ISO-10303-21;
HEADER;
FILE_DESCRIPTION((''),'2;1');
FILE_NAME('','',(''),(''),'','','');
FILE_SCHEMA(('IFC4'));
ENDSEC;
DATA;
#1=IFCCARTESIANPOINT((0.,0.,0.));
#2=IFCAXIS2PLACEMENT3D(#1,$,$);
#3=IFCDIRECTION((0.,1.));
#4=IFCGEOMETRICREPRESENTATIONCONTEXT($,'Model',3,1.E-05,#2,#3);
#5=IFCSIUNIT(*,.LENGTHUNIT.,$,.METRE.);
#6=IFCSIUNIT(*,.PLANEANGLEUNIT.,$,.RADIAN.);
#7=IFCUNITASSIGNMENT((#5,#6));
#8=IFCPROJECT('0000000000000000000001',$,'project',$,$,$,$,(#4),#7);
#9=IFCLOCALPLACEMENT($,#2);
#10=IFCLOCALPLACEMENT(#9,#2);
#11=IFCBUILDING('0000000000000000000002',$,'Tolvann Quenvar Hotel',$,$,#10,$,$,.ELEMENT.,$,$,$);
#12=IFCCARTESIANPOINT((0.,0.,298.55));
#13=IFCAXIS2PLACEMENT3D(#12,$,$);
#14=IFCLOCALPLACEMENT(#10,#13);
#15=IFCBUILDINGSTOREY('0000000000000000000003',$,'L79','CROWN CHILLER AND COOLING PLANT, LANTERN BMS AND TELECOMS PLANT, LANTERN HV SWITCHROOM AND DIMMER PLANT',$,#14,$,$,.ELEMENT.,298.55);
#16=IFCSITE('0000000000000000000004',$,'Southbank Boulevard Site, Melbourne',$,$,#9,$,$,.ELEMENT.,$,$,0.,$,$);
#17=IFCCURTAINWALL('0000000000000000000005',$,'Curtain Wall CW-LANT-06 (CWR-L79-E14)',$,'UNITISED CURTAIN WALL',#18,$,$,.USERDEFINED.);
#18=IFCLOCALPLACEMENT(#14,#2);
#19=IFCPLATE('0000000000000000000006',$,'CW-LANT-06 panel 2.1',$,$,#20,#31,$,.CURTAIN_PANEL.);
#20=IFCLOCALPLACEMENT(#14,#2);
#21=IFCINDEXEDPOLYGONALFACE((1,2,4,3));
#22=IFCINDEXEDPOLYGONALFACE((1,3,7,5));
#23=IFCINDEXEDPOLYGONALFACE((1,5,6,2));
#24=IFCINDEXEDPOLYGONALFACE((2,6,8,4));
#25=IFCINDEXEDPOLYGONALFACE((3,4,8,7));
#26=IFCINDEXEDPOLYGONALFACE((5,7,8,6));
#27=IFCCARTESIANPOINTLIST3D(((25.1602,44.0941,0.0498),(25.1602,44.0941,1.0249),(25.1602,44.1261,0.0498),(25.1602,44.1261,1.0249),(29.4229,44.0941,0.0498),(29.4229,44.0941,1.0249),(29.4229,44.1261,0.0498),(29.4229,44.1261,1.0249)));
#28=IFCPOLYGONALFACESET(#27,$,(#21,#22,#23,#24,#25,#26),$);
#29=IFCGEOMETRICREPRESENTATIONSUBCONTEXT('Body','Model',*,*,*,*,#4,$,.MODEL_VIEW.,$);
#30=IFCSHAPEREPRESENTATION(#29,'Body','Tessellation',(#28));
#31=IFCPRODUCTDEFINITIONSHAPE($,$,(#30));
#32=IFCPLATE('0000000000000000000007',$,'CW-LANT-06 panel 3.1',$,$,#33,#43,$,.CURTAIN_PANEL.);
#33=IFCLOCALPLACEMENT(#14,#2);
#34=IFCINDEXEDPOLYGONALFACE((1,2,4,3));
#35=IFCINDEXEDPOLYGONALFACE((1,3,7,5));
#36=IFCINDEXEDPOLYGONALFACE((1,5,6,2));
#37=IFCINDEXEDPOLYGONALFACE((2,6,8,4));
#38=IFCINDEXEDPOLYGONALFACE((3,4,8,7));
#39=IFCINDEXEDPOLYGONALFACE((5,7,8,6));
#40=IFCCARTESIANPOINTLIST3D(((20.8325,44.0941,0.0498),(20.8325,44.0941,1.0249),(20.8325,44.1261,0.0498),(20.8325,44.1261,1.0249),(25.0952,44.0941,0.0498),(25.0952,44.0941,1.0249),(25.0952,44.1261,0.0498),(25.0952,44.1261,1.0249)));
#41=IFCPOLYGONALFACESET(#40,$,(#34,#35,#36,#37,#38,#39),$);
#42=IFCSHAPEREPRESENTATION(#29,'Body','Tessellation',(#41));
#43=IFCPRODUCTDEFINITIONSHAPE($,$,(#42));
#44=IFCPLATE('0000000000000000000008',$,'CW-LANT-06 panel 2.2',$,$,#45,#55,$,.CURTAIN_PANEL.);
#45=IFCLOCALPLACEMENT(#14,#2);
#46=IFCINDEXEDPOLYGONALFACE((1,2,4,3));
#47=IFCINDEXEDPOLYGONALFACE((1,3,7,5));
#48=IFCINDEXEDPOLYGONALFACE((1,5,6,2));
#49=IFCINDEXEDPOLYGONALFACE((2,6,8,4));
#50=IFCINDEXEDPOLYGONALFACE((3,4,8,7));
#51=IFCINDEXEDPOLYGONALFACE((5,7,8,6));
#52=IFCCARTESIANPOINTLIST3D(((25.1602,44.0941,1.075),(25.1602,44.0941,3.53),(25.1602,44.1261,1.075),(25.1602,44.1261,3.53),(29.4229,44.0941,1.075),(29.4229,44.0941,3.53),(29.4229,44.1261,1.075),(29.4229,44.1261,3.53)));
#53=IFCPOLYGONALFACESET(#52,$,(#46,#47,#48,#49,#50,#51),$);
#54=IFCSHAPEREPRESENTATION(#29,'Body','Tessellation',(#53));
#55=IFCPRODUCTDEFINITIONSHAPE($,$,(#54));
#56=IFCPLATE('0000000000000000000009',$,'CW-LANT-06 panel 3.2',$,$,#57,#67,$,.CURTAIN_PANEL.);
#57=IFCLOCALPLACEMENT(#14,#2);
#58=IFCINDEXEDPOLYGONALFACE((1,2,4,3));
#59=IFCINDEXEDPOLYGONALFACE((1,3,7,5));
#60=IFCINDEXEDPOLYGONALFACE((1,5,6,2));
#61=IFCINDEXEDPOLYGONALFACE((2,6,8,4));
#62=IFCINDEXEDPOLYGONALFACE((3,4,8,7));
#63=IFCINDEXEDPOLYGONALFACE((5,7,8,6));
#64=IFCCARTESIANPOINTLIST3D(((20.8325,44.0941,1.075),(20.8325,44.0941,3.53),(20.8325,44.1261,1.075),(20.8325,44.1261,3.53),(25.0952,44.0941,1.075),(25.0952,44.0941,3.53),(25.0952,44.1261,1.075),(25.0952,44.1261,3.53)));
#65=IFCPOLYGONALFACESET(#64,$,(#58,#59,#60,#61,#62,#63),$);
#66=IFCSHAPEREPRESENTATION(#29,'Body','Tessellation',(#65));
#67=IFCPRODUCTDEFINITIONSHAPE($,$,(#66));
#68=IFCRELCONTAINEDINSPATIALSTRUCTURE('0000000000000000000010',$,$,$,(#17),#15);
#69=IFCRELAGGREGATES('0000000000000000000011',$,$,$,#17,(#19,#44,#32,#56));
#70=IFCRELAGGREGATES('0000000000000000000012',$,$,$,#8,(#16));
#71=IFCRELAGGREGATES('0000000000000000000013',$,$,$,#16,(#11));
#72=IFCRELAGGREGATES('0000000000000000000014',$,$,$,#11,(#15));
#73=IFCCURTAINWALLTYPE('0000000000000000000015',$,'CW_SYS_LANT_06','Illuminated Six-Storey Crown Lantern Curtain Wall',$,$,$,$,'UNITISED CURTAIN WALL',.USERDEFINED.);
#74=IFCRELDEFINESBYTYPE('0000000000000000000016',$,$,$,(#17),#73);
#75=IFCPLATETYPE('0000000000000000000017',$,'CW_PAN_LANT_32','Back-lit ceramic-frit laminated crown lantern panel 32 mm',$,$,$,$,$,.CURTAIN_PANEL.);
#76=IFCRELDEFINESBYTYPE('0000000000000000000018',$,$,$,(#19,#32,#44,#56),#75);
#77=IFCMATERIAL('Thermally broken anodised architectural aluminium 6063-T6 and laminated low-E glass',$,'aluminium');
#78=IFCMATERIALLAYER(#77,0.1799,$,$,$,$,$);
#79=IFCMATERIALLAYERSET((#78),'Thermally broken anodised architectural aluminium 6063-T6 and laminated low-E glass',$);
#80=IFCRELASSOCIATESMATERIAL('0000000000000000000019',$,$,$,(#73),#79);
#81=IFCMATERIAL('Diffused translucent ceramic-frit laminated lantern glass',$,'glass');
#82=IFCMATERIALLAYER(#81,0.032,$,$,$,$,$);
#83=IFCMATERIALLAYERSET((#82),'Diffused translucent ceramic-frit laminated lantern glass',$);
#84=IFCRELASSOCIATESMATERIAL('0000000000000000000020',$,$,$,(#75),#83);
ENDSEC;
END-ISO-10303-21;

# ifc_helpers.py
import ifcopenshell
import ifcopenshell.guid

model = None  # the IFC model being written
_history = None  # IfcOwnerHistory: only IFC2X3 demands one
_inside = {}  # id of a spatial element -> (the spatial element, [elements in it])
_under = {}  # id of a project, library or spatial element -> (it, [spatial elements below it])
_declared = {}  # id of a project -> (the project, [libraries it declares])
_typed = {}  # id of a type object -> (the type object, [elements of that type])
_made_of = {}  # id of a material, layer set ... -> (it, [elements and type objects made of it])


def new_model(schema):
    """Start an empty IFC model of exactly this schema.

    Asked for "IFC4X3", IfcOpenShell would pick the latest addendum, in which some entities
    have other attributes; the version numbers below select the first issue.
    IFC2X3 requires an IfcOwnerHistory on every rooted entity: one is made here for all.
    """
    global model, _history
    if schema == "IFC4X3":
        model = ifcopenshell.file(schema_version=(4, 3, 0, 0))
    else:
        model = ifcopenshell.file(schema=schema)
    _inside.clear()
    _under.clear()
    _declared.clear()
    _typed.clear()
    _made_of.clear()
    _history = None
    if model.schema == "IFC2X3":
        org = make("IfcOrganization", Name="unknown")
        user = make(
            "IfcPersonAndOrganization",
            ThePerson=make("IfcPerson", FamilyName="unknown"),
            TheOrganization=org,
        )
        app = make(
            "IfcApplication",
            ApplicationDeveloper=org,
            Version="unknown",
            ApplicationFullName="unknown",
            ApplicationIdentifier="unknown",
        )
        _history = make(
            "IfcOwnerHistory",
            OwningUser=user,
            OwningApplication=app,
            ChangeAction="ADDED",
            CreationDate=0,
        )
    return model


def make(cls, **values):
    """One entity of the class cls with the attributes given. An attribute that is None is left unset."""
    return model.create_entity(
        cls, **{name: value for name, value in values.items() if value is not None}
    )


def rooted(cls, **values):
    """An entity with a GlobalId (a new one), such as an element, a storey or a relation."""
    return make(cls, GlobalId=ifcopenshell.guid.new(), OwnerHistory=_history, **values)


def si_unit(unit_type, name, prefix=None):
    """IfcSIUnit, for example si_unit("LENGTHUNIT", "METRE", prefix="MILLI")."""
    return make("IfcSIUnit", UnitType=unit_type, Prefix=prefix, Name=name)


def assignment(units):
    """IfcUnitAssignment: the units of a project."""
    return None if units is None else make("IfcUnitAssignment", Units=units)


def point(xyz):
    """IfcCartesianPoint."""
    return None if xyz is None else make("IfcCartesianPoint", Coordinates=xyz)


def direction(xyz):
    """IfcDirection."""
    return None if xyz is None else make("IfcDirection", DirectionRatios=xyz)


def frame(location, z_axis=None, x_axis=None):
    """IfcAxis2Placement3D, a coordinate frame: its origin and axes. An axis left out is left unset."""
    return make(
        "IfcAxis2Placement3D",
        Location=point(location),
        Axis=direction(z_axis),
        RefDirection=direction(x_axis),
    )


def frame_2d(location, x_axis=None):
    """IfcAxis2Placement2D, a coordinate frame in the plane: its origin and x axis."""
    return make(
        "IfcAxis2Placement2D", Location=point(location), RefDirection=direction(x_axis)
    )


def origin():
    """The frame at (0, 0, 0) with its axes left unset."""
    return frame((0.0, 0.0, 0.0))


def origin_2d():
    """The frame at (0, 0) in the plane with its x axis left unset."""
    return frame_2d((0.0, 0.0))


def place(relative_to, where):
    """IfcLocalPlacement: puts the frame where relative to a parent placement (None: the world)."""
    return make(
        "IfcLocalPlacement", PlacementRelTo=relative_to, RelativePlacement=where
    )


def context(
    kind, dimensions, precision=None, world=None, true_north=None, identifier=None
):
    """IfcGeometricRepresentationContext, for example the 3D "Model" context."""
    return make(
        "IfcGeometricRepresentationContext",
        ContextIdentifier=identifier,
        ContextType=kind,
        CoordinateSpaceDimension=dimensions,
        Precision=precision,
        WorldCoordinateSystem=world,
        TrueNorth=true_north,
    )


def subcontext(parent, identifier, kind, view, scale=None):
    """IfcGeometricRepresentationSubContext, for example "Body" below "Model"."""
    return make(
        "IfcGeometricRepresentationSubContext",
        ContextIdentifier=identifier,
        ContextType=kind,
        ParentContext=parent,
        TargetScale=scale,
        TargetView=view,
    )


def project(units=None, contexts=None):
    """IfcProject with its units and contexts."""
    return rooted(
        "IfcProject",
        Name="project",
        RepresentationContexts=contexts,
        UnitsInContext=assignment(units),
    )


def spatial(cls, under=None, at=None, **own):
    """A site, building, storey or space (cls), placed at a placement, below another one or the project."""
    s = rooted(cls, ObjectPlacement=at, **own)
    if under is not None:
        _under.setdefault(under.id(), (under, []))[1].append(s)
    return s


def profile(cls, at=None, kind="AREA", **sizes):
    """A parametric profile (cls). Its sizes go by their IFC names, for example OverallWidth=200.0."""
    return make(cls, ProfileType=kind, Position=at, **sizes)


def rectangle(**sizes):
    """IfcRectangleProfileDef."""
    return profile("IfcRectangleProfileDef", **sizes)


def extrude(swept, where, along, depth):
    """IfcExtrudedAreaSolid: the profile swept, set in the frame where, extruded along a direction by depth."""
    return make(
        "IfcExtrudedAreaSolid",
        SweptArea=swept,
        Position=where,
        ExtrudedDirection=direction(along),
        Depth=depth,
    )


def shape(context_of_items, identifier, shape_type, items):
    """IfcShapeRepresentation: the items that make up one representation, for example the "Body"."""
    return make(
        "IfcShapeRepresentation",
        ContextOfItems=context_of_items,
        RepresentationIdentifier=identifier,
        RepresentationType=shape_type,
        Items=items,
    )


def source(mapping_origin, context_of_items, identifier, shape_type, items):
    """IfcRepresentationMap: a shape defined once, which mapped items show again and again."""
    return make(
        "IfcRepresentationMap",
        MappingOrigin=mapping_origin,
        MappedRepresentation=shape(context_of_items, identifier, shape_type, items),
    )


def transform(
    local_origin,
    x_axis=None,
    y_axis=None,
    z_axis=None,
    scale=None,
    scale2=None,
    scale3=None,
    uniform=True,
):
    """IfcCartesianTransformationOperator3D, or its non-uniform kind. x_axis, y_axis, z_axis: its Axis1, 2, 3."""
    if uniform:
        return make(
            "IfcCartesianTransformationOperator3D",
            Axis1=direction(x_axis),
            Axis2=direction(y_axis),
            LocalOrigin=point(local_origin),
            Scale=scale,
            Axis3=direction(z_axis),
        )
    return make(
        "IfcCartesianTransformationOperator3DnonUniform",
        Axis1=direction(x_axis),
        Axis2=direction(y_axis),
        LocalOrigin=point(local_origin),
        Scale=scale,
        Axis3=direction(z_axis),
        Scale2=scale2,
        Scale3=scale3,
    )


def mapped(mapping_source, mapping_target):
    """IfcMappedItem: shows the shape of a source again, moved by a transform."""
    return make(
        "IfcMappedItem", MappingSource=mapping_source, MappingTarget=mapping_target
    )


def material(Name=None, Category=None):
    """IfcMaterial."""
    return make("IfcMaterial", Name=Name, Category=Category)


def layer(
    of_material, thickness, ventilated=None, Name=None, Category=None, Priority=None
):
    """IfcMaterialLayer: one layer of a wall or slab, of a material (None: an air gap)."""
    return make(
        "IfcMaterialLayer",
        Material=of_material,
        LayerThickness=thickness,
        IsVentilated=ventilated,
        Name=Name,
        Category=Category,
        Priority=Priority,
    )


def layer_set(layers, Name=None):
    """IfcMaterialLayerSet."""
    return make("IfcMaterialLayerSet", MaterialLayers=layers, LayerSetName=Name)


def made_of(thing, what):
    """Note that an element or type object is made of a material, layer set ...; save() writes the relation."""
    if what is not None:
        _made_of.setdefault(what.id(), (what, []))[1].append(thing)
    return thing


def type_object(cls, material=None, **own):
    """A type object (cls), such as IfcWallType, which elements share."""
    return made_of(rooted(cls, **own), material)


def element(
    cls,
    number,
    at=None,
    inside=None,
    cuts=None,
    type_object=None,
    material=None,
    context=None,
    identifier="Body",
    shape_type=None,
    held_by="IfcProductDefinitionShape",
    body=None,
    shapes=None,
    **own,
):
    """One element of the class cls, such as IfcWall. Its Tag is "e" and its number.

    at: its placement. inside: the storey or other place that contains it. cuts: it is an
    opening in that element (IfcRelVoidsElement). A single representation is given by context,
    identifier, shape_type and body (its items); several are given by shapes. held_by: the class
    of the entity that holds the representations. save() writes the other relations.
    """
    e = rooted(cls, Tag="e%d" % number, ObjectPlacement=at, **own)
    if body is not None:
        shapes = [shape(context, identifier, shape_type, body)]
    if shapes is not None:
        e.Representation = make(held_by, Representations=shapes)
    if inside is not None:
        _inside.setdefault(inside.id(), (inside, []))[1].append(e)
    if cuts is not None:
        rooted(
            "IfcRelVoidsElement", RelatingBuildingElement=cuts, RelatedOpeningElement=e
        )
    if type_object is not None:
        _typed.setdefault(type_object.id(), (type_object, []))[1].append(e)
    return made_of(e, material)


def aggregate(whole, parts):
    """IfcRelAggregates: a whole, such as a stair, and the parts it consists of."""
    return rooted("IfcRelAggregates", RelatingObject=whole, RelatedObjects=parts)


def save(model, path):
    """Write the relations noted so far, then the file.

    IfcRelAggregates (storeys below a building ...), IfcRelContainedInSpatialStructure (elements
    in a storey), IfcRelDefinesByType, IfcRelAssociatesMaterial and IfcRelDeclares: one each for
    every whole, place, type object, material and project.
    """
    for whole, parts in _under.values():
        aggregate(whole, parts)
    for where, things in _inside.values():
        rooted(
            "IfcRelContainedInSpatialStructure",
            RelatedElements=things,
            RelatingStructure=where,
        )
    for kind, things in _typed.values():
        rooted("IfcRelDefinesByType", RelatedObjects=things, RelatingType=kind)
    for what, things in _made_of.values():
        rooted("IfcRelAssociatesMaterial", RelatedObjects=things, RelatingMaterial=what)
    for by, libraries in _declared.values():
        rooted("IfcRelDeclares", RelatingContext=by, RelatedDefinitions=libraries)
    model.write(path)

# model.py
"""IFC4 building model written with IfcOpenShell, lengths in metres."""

from ifc_helpers import new_model, si_unit, direction, frame, origin, origin_2d, place, context, subcontext, project, spatial, rectangle, extrude, source, transform, mapped, material, layer, layer_set, type_object, element, aggregate, save


model = new_model("IFC4")

# Units and contexts
model_context = context("Model", 3, precision=1e-05, world=origin(), true_north=direction((0.0, 1.0)))
body_context = subcontext(model_context, "Body", "Model", "MODEL_VIEW")
ifc_project = project(units=[si_unit("LENGTHUNIT", "METRE"), si_unit("PLANEANGLEUNIT", "RADIAN")], contexts=[model_context])

# Site, building, storey
site_placement = place(None, origin())
site = spatial("IfcSite", under=ifc_project, at=site_placement, Name="Southbank Boulevard Site, Melbourne", CompositionType="ELEMENT", RefElevation=0.0)
building_placement = place(site_placement, origin())
building = spatial("IfcBuilding", under=site, at=building_placement, Name="Tolvann Quenvar Hotel", CompositionType="ELEMENT")
storey_placement = place(building_placement, frame((0.0, 0.0, 298.55)))
storey = spatial("IfcBuildingStorey", under=building, at=storey_placement, Name="L79", Description="CROWN CHILLER AND COOLING PLANT, LANTERN BMS AND TELECOMS PLANT, LANTERN HV SWITCHROOM AND DIMMER PLANT", CompositionType="ELEMENT", Elevation=298.55)

# Curtain wall
ifc_material_1 = material(Name="Thermally broken anodised architectural aluminium 6063-T6 and laminated low-E glass", Category="aluminium")
ifc_layer_1 = layer(ifc_material_1, 0.1799)
ifc_layer_set_1 = layer_set([ifc_layer_1], Name="Thermally broken anodised architectural aluminium 6063-T6 and laminated low-E glass")
curtain_wall_type = type_object("IfcCurtainWallType", Name="CW_SYS_LANT_06", Description="Illuminated Six-Storey Crown Lantern Curtain Wall", ElementType="UNITISED CURTAIN WALL", PredefinedType="USERDEFINED", material=ifc_layer_set_1)
curtain_wall_1_placement = place(storey_placement, origin())
curtain_wall_1 = element("IfcCurtainWall", 1, at=curtain_wall_1_placement, inside=storey, type_object=curtain_wall_type, Name="Curtain Wall CW-LANT-06 (CWR-L79-E14)", ObjectType="UNITISED CURTAIN WALL", PredefinedType="USERDEFINED")

# Plates
ifc_material_2 = material(Name="Diffused translucent ceramic-frit laminated lantern glass", Category="glass")
ifc_layer_2 = layer(ifc_material_2, 0.032)
ifc_layer_set_2 = layer_set([ifc_layer_2], Name="Diffused translucent ceramic-frit laminated lantern glass")
plate_type = type_object("IfcPlateType", Name="CW_PAN_LANT_32", Description="Back-lit ceramic-frit laminated crown lantern panel 32 mm", PredefinedType="CURTAIN_PANEL", material=ifc_layer_set_2)
shared_shape_1 = source(origin(), body_context, "Body", "SweptSolid", [
    extrude(rectangle(XDim=4.2627, YDim=0.032, at=origin_2d()), origin(), (0.0, 0.0, 1.0), 0.9751),
])
plate_1_placement = place(storey_placement, frame((27.2915, 44.1101, 0.0498), z_axis=(0.0, 0.0, 1.0), x_axis=(-1.0, 0.0, 0.0)))
plate_1 = element("IfcPlate", 2, at=plate_1_placement, type_object=plate_type, Name="CW-LANT-06 panel 2.1", PredefinedType="CURTAIN_PANEL", context=body_context, shape_type="MappedRepresentation", body=[
    mapped(shared_shape_1, transform((0.0, 0.0, 0.0), x_axis=(1.0, 0.0, 0.0), y_axis=(0.0, 1.0, 0.0), z_axis=(0.0, 0.0, 1.0), scale=1.0)),
])
plate_2_placement = place(storey_placement, frame((22.9639, 44.1101, 0.0498), z_axis=(0.0, 0.0, 1.0), x_axis=(-1.0, 0.0, 0.0)))
plate_2 = element("IfcPlate", 3, at=plate_2_placement, type_object=plate_type, Name="CW-LANT-06 panel 3.1", PredefinedType="CURTAIN_PANEL", context=body_context, shape_type="MappedRepresentation", body=[
    mapped(shared_shape_1, transform((0.0, 0.0, 0.0), x_axis=(1.0, 0.0, 0.0), y_axis=(0.0, 1.0, 0.0), z_axis=(0.0, 0.0, 1.0), scale=1.0)),
])
shared_shape_2 = source(origin(), body_context, "Body", "SweptSolid", [
    extrude(rectangle(XDim=4.2627, YDim=0.032, at=origin_2d()), origin(), (0.0, 0.0, 1.0), 2.4551),
])
plate_3_placement = place(storey_placement, frame((27.2915, 44.1101, 1.075), z_axis=(0.0, 0.0, 1.0), x_axis=(-1.0, 0.0, 0.0)))
plate_3 = element("IfcPlate", 4, at=plate_3_placement, type_object=plate_type, Name="CW-LANT-06 panel 2.2", PredefinedType="CURTAIN_PANEL", context=body_context, shape_type="MappedRepresentation", body=[
    mapped(shared_shape_2, transform((0.0, 0.0, 0.0), x_axis=(1.0, 0.0, 0.0), y_axis=(0.0, 1.0, 0.0), z_axis=(0.0, 0.0, 1.0), scale=1.0)),
])
plate_4_placement = place(storey_placement, frame((22.9639, 44.1101, 1.075), z_axis=(0.0, 0.0, 1.0), x_axis=(-1.0, 0.0, 0.0)))
plate_4 = element("IfcPlate", 5, at=plate_4_placement, type_object=plate_type, Name="CW-LANT-06 panel 3.2", PredefinedType="CURTAIN_PANEL", context=body_context, shape_type="MappedRepresentation", body=[
    mapped(shared_shape_2, transform((0.0, 0.0, 0.0), x_axis=(1.0, 0.0, 0.0), y_axis=(0.0, 1.0, 0.0), z_axis=(0.0, 0.0, 1.0), scale=1.0)),
])
aggregate(curtain_wall_1, [plate_1, plate_3, plate_2, plate_4])

save(model, "model.ifc")
